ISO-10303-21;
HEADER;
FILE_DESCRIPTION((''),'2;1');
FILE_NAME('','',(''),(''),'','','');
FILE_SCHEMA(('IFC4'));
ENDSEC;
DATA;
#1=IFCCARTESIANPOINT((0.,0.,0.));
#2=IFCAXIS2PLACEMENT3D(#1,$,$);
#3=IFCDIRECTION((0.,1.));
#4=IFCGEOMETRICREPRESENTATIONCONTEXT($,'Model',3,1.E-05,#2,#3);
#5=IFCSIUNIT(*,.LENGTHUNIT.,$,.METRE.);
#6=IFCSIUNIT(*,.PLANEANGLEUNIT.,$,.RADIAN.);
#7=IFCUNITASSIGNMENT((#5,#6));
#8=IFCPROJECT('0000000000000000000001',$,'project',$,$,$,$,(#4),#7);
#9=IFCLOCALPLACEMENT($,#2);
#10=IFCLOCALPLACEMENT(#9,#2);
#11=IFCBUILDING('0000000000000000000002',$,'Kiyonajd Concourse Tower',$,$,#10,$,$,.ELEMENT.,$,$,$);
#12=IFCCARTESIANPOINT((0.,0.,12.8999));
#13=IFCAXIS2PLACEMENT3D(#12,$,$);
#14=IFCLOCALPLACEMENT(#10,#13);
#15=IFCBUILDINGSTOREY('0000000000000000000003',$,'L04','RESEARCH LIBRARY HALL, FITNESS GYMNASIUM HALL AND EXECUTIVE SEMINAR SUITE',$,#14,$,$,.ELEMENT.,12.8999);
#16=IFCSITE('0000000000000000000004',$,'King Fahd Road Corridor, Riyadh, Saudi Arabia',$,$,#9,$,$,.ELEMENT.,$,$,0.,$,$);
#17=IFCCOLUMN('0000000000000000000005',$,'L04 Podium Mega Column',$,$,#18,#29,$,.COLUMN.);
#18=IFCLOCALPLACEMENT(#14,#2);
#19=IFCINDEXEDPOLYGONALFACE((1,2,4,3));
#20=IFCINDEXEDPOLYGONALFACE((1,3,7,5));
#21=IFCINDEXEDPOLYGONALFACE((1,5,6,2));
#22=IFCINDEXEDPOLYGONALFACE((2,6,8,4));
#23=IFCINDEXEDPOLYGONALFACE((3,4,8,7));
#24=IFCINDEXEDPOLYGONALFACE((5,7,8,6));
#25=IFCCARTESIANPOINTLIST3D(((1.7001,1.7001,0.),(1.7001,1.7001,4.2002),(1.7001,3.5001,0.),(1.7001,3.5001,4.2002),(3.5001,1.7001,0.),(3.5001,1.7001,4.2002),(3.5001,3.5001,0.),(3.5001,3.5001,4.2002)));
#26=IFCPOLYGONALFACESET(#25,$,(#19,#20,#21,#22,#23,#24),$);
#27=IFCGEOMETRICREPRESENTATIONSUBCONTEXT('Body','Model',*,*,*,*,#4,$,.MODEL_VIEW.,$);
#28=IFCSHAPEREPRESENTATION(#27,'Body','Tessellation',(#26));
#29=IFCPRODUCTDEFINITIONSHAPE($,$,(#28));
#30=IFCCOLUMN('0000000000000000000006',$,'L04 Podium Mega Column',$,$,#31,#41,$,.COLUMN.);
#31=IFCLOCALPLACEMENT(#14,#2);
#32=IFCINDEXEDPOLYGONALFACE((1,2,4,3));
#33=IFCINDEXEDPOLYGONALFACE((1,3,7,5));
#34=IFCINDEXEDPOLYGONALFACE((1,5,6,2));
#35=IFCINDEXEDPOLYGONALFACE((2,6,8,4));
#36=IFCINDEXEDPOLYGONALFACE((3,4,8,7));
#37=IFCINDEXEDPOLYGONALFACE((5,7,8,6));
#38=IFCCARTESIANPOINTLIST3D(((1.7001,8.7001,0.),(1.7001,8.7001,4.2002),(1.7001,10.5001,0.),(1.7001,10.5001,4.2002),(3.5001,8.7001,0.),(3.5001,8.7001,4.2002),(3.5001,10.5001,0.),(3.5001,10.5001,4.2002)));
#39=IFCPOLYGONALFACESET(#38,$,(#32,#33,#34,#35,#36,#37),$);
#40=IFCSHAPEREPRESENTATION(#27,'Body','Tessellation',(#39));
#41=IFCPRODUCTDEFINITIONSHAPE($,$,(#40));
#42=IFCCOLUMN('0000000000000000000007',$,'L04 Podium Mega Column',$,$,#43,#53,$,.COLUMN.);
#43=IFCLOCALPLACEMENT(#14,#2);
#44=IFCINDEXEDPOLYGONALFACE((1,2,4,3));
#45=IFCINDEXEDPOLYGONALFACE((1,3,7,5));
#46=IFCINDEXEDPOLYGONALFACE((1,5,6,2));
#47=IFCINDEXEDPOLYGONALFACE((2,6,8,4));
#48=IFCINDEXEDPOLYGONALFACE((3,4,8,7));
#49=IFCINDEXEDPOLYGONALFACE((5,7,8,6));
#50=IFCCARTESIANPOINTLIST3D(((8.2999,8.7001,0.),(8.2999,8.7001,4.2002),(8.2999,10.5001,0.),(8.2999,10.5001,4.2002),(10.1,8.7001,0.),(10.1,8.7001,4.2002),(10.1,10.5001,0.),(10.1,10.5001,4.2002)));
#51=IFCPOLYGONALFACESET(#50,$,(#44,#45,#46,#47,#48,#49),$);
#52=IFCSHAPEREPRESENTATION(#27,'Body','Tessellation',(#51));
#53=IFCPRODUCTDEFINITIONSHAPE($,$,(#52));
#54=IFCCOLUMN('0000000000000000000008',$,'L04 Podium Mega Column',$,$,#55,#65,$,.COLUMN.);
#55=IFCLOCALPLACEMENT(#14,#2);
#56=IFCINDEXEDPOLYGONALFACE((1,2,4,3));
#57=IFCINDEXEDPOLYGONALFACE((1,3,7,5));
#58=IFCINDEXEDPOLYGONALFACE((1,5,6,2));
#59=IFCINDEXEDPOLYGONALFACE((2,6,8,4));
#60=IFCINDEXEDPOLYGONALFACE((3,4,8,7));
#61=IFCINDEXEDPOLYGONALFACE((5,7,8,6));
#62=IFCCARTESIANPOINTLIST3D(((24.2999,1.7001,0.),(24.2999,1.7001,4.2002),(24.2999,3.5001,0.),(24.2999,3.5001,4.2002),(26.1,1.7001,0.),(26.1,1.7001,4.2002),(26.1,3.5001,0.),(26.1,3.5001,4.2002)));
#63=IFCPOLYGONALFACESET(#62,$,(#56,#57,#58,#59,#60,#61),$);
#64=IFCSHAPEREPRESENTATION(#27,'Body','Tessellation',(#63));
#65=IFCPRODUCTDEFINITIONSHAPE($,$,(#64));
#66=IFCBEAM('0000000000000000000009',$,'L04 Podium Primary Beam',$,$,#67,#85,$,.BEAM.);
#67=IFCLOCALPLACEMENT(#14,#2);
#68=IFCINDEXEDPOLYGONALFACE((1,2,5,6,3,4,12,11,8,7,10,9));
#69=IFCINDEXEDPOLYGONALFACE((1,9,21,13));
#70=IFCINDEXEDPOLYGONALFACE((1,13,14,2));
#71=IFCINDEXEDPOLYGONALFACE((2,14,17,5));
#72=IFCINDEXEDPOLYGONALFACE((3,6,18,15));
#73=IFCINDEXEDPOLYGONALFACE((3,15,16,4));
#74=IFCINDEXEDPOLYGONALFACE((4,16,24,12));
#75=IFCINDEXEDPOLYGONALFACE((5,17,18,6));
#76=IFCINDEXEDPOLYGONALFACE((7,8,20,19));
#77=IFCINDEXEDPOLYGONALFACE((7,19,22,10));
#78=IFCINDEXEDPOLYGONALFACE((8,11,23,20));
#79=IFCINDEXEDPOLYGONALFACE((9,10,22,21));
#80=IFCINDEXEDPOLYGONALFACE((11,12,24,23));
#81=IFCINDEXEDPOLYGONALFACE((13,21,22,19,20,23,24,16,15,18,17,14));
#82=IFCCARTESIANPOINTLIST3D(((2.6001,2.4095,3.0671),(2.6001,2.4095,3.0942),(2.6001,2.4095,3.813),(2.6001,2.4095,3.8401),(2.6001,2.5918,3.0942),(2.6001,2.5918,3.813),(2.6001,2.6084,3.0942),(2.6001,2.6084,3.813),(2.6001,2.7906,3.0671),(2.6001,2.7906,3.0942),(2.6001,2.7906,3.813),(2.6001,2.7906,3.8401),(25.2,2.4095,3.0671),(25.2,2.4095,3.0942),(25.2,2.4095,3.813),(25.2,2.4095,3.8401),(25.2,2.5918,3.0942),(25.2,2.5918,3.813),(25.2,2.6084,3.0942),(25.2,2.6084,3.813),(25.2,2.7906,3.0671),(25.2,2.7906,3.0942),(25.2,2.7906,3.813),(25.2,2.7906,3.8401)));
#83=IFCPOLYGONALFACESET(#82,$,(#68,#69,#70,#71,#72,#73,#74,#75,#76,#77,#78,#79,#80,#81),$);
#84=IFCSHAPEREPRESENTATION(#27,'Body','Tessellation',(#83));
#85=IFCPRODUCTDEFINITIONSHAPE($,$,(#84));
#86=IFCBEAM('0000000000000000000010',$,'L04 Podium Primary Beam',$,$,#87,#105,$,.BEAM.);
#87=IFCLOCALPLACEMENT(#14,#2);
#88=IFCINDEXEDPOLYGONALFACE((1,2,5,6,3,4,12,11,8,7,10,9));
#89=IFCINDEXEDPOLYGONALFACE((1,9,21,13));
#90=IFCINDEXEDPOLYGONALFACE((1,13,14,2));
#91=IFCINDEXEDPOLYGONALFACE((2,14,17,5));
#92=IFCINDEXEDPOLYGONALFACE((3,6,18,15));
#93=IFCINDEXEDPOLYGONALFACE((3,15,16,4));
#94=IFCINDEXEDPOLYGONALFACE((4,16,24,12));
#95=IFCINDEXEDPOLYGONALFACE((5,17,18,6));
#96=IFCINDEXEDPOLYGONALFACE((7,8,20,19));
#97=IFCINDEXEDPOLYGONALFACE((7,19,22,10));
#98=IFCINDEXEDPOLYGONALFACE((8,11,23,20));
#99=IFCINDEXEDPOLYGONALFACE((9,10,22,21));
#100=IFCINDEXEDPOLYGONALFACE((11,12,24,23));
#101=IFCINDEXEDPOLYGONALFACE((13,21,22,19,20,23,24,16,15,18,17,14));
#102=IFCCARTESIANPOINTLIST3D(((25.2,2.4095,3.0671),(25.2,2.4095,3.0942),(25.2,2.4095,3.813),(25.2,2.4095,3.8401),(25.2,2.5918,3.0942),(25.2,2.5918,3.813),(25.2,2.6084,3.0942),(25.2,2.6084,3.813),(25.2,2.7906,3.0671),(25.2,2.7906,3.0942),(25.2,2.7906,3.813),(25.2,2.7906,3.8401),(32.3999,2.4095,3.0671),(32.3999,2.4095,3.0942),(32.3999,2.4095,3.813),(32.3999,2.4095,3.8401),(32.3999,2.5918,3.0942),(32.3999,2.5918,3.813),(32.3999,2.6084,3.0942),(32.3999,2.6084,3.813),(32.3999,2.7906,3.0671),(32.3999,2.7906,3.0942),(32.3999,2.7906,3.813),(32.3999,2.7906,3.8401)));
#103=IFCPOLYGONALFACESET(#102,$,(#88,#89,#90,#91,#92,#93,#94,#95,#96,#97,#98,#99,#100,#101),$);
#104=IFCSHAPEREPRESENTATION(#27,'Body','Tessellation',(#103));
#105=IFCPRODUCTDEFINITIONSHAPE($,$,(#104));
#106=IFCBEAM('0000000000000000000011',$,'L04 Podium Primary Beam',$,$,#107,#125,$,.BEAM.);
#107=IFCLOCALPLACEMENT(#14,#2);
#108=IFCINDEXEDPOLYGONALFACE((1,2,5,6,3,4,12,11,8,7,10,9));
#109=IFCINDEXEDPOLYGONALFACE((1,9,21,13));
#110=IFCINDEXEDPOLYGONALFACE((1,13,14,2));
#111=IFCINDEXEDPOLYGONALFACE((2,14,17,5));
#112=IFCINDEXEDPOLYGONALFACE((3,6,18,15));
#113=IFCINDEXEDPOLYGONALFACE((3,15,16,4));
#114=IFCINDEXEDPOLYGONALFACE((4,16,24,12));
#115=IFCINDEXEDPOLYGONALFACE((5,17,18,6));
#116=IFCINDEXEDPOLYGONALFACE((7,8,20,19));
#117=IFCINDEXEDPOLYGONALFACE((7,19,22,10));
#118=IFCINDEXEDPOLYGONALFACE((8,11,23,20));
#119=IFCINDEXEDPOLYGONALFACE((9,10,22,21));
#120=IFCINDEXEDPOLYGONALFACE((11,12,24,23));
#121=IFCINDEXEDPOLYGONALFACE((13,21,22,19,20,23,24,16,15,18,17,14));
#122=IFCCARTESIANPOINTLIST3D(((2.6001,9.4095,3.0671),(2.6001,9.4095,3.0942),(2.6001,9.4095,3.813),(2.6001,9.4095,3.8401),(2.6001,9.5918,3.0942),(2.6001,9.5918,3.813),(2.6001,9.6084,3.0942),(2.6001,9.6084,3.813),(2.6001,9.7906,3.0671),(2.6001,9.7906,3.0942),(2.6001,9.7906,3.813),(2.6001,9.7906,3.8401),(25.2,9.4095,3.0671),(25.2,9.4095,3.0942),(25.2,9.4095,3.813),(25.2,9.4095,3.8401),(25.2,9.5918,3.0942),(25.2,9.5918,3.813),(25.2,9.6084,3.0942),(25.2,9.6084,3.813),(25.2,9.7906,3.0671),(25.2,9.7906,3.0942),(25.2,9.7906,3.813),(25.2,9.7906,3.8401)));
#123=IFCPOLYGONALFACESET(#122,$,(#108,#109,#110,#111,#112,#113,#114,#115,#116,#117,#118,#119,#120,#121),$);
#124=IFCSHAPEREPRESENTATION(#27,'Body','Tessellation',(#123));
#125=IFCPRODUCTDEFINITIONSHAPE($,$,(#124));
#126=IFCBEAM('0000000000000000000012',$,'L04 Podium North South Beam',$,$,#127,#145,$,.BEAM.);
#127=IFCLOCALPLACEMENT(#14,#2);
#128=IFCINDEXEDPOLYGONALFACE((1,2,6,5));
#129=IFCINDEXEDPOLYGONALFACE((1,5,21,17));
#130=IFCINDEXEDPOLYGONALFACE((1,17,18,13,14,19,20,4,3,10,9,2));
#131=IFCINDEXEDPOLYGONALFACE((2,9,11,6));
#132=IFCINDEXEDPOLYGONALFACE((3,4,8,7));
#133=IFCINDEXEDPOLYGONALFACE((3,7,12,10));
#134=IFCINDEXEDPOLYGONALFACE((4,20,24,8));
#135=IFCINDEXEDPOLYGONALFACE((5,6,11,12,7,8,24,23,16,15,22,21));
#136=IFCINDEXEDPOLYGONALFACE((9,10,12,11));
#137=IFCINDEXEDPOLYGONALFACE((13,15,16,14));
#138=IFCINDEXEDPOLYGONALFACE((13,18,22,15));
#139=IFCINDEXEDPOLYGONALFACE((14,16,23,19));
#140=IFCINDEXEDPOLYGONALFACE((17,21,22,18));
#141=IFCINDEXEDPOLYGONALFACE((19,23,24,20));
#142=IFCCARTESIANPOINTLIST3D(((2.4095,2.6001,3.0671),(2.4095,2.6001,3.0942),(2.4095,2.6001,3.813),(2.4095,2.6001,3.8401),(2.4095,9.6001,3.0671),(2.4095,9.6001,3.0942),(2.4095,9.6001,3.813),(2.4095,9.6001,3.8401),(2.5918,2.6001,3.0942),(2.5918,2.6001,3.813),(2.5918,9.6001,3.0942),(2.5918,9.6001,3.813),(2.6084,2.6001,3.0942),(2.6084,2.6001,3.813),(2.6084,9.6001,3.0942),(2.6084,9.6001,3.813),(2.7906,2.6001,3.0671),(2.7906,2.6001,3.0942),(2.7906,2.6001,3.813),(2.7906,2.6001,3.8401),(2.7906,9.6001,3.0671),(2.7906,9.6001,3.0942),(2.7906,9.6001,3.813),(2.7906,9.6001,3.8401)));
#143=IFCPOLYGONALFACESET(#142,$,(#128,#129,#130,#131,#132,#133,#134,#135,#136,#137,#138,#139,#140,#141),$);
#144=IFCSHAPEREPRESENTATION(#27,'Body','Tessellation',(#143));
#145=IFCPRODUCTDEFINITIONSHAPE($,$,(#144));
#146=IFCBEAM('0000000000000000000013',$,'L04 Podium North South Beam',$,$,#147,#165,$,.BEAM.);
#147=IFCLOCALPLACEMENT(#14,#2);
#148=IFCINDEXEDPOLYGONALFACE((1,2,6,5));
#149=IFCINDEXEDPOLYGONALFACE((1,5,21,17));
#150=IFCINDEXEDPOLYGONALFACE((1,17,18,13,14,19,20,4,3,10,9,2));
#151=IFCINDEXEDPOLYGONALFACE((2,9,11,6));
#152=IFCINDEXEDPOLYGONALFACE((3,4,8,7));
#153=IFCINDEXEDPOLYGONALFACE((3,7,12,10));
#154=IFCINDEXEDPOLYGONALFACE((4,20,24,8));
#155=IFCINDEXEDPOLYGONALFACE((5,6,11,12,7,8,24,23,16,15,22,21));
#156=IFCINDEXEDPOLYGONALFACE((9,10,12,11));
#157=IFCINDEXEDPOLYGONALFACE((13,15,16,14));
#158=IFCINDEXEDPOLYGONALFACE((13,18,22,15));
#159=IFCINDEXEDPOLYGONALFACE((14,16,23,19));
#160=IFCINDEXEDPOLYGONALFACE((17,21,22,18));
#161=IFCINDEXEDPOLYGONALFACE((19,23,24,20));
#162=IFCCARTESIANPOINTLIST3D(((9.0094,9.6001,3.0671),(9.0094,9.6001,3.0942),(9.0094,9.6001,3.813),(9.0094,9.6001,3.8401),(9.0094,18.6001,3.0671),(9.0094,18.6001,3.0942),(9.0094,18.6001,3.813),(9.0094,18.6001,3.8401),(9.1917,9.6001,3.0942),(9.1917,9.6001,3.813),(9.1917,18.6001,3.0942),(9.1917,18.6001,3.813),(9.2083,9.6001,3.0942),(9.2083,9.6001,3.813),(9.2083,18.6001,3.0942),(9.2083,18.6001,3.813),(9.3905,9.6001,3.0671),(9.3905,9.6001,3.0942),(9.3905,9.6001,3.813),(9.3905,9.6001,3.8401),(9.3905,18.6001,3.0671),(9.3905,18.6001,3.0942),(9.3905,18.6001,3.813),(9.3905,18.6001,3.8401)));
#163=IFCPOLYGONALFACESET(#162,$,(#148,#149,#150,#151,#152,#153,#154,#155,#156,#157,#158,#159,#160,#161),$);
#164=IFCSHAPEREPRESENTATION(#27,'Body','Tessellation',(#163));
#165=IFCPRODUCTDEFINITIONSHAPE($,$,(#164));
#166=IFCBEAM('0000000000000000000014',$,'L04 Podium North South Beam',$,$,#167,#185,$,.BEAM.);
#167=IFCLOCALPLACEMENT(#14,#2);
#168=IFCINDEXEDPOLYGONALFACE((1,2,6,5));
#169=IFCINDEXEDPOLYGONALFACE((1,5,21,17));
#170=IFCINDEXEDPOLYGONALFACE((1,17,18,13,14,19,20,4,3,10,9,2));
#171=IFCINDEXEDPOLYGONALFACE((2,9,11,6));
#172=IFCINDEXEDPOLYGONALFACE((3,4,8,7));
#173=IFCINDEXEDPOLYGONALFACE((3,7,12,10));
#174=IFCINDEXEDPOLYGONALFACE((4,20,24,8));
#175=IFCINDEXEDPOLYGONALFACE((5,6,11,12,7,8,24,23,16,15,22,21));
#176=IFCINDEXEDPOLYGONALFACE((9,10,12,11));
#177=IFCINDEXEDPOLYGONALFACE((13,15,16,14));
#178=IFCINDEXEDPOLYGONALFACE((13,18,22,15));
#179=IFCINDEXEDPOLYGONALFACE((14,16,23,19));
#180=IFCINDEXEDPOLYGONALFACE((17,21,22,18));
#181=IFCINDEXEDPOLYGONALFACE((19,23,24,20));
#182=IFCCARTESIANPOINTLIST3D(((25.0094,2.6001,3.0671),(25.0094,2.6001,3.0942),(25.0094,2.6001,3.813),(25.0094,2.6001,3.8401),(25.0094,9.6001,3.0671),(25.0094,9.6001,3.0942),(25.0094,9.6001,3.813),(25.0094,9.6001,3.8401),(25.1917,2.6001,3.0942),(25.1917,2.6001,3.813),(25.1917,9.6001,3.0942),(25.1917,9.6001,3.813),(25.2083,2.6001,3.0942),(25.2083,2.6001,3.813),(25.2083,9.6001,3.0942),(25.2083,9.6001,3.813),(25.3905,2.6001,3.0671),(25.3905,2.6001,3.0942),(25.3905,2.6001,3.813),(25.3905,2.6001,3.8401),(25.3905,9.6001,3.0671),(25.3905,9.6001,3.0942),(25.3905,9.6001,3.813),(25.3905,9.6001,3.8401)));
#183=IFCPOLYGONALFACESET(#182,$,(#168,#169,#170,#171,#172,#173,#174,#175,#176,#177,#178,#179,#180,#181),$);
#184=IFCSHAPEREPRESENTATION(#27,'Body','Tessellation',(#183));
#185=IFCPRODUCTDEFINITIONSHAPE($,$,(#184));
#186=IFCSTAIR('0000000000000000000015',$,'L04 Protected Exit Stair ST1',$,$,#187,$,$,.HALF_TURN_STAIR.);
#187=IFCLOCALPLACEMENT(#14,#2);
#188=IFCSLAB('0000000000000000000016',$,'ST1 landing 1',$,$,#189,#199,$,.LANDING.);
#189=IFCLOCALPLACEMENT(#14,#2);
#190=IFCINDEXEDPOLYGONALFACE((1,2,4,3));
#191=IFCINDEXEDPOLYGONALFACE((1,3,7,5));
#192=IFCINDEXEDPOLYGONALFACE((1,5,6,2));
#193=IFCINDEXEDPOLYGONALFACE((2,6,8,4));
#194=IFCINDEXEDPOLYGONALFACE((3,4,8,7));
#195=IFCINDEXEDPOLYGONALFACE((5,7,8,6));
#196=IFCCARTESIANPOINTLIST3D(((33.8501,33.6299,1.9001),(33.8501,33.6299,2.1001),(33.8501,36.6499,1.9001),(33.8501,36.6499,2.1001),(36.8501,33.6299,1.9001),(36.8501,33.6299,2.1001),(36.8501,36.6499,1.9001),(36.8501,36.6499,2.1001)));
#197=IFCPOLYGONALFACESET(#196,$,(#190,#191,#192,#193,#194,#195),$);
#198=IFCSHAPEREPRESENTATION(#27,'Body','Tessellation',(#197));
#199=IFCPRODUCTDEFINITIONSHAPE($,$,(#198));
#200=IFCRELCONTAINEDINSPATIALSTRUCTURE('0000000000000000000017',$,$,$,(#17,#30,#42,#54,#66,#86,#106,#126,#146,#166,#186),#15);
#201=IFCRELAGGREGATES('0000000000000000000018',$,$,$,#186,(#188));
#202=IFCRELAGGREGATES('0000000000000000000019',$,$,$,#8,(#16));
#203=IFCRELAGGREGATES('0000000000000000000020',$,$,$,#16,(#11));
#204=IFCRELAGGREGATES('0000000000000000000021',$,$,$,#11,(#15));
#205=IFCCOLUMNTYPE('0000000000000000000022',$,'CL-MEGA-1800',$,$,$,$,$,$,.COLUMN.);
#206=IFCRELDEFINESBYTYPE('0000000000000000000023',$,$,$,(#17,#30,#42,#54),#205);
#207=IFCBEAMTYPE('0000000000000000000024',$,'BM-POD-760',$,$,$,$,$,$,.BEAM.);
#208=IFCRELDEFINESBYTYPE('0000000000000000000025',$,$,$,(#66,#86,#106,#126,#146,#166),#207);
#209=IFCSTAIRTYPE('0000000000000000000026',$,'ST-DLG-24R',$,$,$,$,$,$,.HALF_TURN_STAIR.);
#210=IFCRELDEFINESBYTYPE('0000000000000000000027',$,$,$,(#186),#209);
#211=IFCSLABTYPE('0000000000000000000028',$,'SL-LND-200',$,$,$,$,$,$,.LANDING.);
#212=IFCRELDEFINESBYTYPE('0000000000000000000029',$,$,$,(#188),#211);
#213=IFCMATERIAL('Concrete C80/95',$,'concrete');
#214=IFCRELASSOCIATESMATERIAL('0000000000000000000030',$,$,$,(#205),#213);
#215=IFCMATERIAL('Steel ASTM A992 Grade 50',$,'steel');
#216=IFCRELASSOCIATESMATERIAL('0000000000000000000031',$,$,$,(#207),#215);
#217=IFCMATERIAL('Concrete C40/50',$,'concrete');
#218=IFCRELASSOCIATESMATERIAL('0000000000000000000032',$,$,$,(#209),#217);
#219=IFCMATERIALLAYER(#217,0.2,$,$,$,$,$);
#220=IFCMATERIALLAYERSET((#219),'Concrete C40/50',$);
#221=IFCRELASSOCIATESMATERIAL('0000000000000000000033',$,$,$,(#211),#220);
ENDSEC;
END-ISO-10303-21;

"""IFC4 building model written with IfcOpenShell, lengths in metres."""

from ifc_helpers import new_model, si_unit, direction, frame, origin, origin_2d, place, context, subcontext, project, spatial, polyline, rectangle, i_section, outline, extrude, material, layer, layer_set, material_profile, profile_set, type_object, element, aggregate, save


model = new_model("IFC4")

# Units and contexts
model_context = context("Model", 3, precision=1e-05, world=origin(), true_north=direction((0.0, 1.0)))
body_context = subcontext(model_context, "Body", "Model", "MODEL_VIEW")
ifc_project = project(units=[si_unit("LENGTHUNIT", "METRE"), si_unit("PLANEANGLEUNIT", "RADIAN")], contexts=[model_context])

# Site, building, storey
site_placement = place(None, origin())
site = spatial("IfcSite", under=ifc_project, at=site_placement, Name="King Fahd Road Corridor, Riyadh, Saudi Arabia", CompositionType="ELEMENT", RefElevation=0.0)
building_placement = place(site_placement, origin())
building = spatial("IfcBuilding", under=site, at=building_placement, Name="Kiyonajd Concourse Tower", CompositionType="ELEMENT")
storey_placement = place(building_placement, frame((0.0, 0.0, 12.8999)))
storey = spatial("IfcBuildingStorey", under=building, at=storey_placement, Name="L04", Description="RESEARCH LIBRARY HALL, FITNESS GYMNASIUM HALL AND EXECUTIVE SEMINAR SUITE", CompositionType="ELEMENT", Elevation=12.8999)

# Columns
ifc_material_1 = material(Name="Concrete C80/95", Category="concrete")
ifc_material_profile_1 = material_profile(ifc_material_1, rectangle(XDim=1.8, YDim=1.8, at=origin_2d()), Name="RC-1800x1800")
ifc_profile_set_1 = profile_set([ifc_material_profile_1], Name="Concrete C80/95")
column_type = type_object("IfcColumnType", Name="CL-MEGA-1800", PredefinedType="COLUMN", material=ifc_profile_set_1)
for number, where, z_axis, x_axis, name in (
    (1, (2.6001, 2.6001, 0.0), (0.0, 0.0, 1.0), (1.0, 0.0, 0.0), "L04 Podium Mega Column"),
    (2, (2.6001, 9.6001, 0.0), (0.0, 0.0, 1.0), (1.0, 0.0, 0.0), "L04 Podium Mega Column"),
    (3, (9.2, 9.6001, 0.0), (0.0, 0.0, 1.0), (1.0, 0.0, 0.0), "L04 Podium Mega Column"),
    (4, (25.2, 2.6001, 0.0), (0.0, 0.0, 1.0), (1.0, 0.0, 0.0), "L04 Podium Mega Column"),
):
    element("IfcColumn", number, at=place(storey_placement, frame(where, z_axis=z_axis, x_axis=x_axis)), inside=storey, type_object=column_type, Name=name, PredefinedType="COLUMN", context=body_context, shape_type="SweptSolid", body=[
        extrude(rectangle(XDim=1.8, YDim=1.8, at=origin_2d()), origin(), (0.0, 0.0, 1.0), 4.2002),
    ])

# Beams
ifc_material_2 = material(Name="Steel ASTM A992 Grade 50", Category="steel")
ifc_material_profile_2 = material_profile(ifc_material_2, i_section(OverallWidth=0.3811, OverallDepth=0.7729, WebThickness=0.0166, FlangeThickness=0.0271, at=origin_2d()), Name="W760X257")
ifc_profile_set_2 = profile_set([ifc_material_profile_2], Name="Steel ASTM A992 Grade 50")
beam_type = type_object("IfcBeamType", Name="BM-POD-760", PredefinedType="BEAM", material=ifc_profile_set_2)
beam_1_placement = place(storey_placement, frame((2.6001, 2.6001, 3.4536), z_axis=(1.0, 0.0, 0.0), x_axis=(0.0, 1.0, 0.0)))
element("IfcBeam", 5, at=beam_1_placement, inside=storey, type_object=beam_type, Name="L04 Podium Primary Beam", PredefinedType="BEAM", context=body_context, shape_type="SweptSolid", body=[
    extrude(i_section(OverallWidth=0.3811, OverallDepth=0.7729, WebThickness=0.0166, FlangeThickness=0.0271, at=origin_2d()), origin(), (0.0, 0.0, 1.0), 22.5999),
])
beam_2_placement = place(storey_placement, frame((25.2, 2.6001, 3.4536), z_axis=(1.0, 0.0, 0.0), x_axis=(0.0, 1.0, 0.0)))
element("IfcBeam", 6, at=beam_2_placement, inside=storey, type_object=beam_type, Name="L04 Podium Primary Beam", PredefinedType="BEAM", context=body_context, shape_type="SweptSolid", body=[
    extrude(i_section(OverallWidth=0.3811, OverallDepth=0.7729, WebThickness=0.0166, FlangeThickness=0.0271, at=origin_2d()), origin(), (0.0, 0.0, 1.0), 7.2),
])
beam_3_placement = place(storey_placement, frame((2.6001, 9.6001, 3.4536), z_axis=(1.0, 0.0, 0.0), x_axis=(0.0, 1.0, 0.0)))
element("IfcBeam", 7, at=beam_3_placement, inside=storey, type_object=beam_type, Name="L04 Podium Primary Beam", PredefinedType="BEAM", context=body_context, shape_type="SweptSolid", body=[
    extrude(i_section(OverallWidth=0.3811, OverallDepth=0.7729, WebThickness=0.0166, FlangeThickness=0.0271, at=origin_2d()), origin(), (0.0, 0.0, 1.0), 22.5999),
])
beam_4_placement = place(storey_placement, frame((2.6001, 2.6001, 3.4536), z_axis=(0.0, 1.0, 0.0), x_axis=(-1.0, 0.0, 0.0)))
element("IfcBeam", 8, at=beam_4_placement, inside=storey, type_object=beam_type, Name="L04 Podium North South Beam", PredefinedType="BEAM", context=body_context, shape_type="SweptSolid", body=[
    extrude(i_section(OverallWidth=0.3811, OverallDepth=0.7729, WebThickness=0.0166, FlangeThickness=0.0271, at=origin_2d()), origin(), (0.0, 0.0, 1.0), 7.0),
])
beam_5_placement = place(storey_placement, frame((9.2, 9.6001, 3.4536), z_axis=(0.0, 1.0, 0.0), x_axis=(-1.0, 0.0, 0.0)))
element("IfcBeam", 9, at=beam_5_placement, inside=storey, type_object=beam_type, Name="L04 Podium North South Beam", PredefinedType="BEAM", context=body_context, shape_type="SweptSolid", body=[
    extrude(i_section(OverallWidth=0.3811, OverallDepth=0.7729, WebThickness=0.0166, FlangeThickness=0.0271, at=origin_2d()), origin(), (0.0, 0.0, 1.0), 9.0),
])
beam_6_placement = place(storey_placement, frame((25.2, 2.6001, 3.4536), z_axis=(0.0, 1.0, 0.0), x_axis=(-1.0, 0.0, 0.0)))
element("IfcBeam", 10, at=beam_6_placement, inside=storey, type_object=beam_type, Name="L04 Podium North South Beam", PredefinedType="BEAM", context=body_context, shape_type="SweptSolid", body=[
    extrude(i_section(OverallWidth=0.3811, OverallDepth=0.7729, WebThickness=0.0166, FlangeThickness=0.0271, at=origin_2d()), origin(), (0.0, 0.0, 1.0), 7.0),
])

# Stair, slab
ifc_material_3 = material(Name="Concrete C40/50", Category="concrete")
stair_type_1 = type_object("IfcStairType", Name="ST-DLG-24R", PredefinedType="HALF_TURN_STAIR", material=ifc_material_3)
stair_1_placement = place(storey_placement, origin())
stair_1 = element("IfcStair", 11, at=stair_1_placement, inside=storey, type_object=stair_type_1, Name="L04 Protected Exit Stair ST1", PredefinedType="HALF_TURN_STAIR")
ifc_layer_1 = layer(ifc_material_3, 0.2)
ifc_layer_set_1 = layer_set([ifc_layer_1], Name="Concrete C40/50")
slab_type_1 = type_object("IfcSlabType", Name="SL-LND-200", PredefinedType="LANDING", material=ifc_layer_set_1)
slab_1_placement = place(storey_placement, frame((0.0, 0.0, 1.9001)))
slab_1 = element("IfcSlab", 12, at=slab_1_placement, type_object=slab_type_1, Name="ST1 landing 1", PredefinedType="LANDING", context=body_context, shape_type="SweptSolid", body=[
    extrude(outline(polyline([(36.8501, 33.6299), (36.8501, 36.6499), (33.8501, 36.6499), (33.8501, 33.6299), (36.8501, 33.6299)])), origin(), (0.0, 0.0, 1.0), 0.2),
])
aggregate(stair_1, [slab_1])

save(model, "model.ifc")
